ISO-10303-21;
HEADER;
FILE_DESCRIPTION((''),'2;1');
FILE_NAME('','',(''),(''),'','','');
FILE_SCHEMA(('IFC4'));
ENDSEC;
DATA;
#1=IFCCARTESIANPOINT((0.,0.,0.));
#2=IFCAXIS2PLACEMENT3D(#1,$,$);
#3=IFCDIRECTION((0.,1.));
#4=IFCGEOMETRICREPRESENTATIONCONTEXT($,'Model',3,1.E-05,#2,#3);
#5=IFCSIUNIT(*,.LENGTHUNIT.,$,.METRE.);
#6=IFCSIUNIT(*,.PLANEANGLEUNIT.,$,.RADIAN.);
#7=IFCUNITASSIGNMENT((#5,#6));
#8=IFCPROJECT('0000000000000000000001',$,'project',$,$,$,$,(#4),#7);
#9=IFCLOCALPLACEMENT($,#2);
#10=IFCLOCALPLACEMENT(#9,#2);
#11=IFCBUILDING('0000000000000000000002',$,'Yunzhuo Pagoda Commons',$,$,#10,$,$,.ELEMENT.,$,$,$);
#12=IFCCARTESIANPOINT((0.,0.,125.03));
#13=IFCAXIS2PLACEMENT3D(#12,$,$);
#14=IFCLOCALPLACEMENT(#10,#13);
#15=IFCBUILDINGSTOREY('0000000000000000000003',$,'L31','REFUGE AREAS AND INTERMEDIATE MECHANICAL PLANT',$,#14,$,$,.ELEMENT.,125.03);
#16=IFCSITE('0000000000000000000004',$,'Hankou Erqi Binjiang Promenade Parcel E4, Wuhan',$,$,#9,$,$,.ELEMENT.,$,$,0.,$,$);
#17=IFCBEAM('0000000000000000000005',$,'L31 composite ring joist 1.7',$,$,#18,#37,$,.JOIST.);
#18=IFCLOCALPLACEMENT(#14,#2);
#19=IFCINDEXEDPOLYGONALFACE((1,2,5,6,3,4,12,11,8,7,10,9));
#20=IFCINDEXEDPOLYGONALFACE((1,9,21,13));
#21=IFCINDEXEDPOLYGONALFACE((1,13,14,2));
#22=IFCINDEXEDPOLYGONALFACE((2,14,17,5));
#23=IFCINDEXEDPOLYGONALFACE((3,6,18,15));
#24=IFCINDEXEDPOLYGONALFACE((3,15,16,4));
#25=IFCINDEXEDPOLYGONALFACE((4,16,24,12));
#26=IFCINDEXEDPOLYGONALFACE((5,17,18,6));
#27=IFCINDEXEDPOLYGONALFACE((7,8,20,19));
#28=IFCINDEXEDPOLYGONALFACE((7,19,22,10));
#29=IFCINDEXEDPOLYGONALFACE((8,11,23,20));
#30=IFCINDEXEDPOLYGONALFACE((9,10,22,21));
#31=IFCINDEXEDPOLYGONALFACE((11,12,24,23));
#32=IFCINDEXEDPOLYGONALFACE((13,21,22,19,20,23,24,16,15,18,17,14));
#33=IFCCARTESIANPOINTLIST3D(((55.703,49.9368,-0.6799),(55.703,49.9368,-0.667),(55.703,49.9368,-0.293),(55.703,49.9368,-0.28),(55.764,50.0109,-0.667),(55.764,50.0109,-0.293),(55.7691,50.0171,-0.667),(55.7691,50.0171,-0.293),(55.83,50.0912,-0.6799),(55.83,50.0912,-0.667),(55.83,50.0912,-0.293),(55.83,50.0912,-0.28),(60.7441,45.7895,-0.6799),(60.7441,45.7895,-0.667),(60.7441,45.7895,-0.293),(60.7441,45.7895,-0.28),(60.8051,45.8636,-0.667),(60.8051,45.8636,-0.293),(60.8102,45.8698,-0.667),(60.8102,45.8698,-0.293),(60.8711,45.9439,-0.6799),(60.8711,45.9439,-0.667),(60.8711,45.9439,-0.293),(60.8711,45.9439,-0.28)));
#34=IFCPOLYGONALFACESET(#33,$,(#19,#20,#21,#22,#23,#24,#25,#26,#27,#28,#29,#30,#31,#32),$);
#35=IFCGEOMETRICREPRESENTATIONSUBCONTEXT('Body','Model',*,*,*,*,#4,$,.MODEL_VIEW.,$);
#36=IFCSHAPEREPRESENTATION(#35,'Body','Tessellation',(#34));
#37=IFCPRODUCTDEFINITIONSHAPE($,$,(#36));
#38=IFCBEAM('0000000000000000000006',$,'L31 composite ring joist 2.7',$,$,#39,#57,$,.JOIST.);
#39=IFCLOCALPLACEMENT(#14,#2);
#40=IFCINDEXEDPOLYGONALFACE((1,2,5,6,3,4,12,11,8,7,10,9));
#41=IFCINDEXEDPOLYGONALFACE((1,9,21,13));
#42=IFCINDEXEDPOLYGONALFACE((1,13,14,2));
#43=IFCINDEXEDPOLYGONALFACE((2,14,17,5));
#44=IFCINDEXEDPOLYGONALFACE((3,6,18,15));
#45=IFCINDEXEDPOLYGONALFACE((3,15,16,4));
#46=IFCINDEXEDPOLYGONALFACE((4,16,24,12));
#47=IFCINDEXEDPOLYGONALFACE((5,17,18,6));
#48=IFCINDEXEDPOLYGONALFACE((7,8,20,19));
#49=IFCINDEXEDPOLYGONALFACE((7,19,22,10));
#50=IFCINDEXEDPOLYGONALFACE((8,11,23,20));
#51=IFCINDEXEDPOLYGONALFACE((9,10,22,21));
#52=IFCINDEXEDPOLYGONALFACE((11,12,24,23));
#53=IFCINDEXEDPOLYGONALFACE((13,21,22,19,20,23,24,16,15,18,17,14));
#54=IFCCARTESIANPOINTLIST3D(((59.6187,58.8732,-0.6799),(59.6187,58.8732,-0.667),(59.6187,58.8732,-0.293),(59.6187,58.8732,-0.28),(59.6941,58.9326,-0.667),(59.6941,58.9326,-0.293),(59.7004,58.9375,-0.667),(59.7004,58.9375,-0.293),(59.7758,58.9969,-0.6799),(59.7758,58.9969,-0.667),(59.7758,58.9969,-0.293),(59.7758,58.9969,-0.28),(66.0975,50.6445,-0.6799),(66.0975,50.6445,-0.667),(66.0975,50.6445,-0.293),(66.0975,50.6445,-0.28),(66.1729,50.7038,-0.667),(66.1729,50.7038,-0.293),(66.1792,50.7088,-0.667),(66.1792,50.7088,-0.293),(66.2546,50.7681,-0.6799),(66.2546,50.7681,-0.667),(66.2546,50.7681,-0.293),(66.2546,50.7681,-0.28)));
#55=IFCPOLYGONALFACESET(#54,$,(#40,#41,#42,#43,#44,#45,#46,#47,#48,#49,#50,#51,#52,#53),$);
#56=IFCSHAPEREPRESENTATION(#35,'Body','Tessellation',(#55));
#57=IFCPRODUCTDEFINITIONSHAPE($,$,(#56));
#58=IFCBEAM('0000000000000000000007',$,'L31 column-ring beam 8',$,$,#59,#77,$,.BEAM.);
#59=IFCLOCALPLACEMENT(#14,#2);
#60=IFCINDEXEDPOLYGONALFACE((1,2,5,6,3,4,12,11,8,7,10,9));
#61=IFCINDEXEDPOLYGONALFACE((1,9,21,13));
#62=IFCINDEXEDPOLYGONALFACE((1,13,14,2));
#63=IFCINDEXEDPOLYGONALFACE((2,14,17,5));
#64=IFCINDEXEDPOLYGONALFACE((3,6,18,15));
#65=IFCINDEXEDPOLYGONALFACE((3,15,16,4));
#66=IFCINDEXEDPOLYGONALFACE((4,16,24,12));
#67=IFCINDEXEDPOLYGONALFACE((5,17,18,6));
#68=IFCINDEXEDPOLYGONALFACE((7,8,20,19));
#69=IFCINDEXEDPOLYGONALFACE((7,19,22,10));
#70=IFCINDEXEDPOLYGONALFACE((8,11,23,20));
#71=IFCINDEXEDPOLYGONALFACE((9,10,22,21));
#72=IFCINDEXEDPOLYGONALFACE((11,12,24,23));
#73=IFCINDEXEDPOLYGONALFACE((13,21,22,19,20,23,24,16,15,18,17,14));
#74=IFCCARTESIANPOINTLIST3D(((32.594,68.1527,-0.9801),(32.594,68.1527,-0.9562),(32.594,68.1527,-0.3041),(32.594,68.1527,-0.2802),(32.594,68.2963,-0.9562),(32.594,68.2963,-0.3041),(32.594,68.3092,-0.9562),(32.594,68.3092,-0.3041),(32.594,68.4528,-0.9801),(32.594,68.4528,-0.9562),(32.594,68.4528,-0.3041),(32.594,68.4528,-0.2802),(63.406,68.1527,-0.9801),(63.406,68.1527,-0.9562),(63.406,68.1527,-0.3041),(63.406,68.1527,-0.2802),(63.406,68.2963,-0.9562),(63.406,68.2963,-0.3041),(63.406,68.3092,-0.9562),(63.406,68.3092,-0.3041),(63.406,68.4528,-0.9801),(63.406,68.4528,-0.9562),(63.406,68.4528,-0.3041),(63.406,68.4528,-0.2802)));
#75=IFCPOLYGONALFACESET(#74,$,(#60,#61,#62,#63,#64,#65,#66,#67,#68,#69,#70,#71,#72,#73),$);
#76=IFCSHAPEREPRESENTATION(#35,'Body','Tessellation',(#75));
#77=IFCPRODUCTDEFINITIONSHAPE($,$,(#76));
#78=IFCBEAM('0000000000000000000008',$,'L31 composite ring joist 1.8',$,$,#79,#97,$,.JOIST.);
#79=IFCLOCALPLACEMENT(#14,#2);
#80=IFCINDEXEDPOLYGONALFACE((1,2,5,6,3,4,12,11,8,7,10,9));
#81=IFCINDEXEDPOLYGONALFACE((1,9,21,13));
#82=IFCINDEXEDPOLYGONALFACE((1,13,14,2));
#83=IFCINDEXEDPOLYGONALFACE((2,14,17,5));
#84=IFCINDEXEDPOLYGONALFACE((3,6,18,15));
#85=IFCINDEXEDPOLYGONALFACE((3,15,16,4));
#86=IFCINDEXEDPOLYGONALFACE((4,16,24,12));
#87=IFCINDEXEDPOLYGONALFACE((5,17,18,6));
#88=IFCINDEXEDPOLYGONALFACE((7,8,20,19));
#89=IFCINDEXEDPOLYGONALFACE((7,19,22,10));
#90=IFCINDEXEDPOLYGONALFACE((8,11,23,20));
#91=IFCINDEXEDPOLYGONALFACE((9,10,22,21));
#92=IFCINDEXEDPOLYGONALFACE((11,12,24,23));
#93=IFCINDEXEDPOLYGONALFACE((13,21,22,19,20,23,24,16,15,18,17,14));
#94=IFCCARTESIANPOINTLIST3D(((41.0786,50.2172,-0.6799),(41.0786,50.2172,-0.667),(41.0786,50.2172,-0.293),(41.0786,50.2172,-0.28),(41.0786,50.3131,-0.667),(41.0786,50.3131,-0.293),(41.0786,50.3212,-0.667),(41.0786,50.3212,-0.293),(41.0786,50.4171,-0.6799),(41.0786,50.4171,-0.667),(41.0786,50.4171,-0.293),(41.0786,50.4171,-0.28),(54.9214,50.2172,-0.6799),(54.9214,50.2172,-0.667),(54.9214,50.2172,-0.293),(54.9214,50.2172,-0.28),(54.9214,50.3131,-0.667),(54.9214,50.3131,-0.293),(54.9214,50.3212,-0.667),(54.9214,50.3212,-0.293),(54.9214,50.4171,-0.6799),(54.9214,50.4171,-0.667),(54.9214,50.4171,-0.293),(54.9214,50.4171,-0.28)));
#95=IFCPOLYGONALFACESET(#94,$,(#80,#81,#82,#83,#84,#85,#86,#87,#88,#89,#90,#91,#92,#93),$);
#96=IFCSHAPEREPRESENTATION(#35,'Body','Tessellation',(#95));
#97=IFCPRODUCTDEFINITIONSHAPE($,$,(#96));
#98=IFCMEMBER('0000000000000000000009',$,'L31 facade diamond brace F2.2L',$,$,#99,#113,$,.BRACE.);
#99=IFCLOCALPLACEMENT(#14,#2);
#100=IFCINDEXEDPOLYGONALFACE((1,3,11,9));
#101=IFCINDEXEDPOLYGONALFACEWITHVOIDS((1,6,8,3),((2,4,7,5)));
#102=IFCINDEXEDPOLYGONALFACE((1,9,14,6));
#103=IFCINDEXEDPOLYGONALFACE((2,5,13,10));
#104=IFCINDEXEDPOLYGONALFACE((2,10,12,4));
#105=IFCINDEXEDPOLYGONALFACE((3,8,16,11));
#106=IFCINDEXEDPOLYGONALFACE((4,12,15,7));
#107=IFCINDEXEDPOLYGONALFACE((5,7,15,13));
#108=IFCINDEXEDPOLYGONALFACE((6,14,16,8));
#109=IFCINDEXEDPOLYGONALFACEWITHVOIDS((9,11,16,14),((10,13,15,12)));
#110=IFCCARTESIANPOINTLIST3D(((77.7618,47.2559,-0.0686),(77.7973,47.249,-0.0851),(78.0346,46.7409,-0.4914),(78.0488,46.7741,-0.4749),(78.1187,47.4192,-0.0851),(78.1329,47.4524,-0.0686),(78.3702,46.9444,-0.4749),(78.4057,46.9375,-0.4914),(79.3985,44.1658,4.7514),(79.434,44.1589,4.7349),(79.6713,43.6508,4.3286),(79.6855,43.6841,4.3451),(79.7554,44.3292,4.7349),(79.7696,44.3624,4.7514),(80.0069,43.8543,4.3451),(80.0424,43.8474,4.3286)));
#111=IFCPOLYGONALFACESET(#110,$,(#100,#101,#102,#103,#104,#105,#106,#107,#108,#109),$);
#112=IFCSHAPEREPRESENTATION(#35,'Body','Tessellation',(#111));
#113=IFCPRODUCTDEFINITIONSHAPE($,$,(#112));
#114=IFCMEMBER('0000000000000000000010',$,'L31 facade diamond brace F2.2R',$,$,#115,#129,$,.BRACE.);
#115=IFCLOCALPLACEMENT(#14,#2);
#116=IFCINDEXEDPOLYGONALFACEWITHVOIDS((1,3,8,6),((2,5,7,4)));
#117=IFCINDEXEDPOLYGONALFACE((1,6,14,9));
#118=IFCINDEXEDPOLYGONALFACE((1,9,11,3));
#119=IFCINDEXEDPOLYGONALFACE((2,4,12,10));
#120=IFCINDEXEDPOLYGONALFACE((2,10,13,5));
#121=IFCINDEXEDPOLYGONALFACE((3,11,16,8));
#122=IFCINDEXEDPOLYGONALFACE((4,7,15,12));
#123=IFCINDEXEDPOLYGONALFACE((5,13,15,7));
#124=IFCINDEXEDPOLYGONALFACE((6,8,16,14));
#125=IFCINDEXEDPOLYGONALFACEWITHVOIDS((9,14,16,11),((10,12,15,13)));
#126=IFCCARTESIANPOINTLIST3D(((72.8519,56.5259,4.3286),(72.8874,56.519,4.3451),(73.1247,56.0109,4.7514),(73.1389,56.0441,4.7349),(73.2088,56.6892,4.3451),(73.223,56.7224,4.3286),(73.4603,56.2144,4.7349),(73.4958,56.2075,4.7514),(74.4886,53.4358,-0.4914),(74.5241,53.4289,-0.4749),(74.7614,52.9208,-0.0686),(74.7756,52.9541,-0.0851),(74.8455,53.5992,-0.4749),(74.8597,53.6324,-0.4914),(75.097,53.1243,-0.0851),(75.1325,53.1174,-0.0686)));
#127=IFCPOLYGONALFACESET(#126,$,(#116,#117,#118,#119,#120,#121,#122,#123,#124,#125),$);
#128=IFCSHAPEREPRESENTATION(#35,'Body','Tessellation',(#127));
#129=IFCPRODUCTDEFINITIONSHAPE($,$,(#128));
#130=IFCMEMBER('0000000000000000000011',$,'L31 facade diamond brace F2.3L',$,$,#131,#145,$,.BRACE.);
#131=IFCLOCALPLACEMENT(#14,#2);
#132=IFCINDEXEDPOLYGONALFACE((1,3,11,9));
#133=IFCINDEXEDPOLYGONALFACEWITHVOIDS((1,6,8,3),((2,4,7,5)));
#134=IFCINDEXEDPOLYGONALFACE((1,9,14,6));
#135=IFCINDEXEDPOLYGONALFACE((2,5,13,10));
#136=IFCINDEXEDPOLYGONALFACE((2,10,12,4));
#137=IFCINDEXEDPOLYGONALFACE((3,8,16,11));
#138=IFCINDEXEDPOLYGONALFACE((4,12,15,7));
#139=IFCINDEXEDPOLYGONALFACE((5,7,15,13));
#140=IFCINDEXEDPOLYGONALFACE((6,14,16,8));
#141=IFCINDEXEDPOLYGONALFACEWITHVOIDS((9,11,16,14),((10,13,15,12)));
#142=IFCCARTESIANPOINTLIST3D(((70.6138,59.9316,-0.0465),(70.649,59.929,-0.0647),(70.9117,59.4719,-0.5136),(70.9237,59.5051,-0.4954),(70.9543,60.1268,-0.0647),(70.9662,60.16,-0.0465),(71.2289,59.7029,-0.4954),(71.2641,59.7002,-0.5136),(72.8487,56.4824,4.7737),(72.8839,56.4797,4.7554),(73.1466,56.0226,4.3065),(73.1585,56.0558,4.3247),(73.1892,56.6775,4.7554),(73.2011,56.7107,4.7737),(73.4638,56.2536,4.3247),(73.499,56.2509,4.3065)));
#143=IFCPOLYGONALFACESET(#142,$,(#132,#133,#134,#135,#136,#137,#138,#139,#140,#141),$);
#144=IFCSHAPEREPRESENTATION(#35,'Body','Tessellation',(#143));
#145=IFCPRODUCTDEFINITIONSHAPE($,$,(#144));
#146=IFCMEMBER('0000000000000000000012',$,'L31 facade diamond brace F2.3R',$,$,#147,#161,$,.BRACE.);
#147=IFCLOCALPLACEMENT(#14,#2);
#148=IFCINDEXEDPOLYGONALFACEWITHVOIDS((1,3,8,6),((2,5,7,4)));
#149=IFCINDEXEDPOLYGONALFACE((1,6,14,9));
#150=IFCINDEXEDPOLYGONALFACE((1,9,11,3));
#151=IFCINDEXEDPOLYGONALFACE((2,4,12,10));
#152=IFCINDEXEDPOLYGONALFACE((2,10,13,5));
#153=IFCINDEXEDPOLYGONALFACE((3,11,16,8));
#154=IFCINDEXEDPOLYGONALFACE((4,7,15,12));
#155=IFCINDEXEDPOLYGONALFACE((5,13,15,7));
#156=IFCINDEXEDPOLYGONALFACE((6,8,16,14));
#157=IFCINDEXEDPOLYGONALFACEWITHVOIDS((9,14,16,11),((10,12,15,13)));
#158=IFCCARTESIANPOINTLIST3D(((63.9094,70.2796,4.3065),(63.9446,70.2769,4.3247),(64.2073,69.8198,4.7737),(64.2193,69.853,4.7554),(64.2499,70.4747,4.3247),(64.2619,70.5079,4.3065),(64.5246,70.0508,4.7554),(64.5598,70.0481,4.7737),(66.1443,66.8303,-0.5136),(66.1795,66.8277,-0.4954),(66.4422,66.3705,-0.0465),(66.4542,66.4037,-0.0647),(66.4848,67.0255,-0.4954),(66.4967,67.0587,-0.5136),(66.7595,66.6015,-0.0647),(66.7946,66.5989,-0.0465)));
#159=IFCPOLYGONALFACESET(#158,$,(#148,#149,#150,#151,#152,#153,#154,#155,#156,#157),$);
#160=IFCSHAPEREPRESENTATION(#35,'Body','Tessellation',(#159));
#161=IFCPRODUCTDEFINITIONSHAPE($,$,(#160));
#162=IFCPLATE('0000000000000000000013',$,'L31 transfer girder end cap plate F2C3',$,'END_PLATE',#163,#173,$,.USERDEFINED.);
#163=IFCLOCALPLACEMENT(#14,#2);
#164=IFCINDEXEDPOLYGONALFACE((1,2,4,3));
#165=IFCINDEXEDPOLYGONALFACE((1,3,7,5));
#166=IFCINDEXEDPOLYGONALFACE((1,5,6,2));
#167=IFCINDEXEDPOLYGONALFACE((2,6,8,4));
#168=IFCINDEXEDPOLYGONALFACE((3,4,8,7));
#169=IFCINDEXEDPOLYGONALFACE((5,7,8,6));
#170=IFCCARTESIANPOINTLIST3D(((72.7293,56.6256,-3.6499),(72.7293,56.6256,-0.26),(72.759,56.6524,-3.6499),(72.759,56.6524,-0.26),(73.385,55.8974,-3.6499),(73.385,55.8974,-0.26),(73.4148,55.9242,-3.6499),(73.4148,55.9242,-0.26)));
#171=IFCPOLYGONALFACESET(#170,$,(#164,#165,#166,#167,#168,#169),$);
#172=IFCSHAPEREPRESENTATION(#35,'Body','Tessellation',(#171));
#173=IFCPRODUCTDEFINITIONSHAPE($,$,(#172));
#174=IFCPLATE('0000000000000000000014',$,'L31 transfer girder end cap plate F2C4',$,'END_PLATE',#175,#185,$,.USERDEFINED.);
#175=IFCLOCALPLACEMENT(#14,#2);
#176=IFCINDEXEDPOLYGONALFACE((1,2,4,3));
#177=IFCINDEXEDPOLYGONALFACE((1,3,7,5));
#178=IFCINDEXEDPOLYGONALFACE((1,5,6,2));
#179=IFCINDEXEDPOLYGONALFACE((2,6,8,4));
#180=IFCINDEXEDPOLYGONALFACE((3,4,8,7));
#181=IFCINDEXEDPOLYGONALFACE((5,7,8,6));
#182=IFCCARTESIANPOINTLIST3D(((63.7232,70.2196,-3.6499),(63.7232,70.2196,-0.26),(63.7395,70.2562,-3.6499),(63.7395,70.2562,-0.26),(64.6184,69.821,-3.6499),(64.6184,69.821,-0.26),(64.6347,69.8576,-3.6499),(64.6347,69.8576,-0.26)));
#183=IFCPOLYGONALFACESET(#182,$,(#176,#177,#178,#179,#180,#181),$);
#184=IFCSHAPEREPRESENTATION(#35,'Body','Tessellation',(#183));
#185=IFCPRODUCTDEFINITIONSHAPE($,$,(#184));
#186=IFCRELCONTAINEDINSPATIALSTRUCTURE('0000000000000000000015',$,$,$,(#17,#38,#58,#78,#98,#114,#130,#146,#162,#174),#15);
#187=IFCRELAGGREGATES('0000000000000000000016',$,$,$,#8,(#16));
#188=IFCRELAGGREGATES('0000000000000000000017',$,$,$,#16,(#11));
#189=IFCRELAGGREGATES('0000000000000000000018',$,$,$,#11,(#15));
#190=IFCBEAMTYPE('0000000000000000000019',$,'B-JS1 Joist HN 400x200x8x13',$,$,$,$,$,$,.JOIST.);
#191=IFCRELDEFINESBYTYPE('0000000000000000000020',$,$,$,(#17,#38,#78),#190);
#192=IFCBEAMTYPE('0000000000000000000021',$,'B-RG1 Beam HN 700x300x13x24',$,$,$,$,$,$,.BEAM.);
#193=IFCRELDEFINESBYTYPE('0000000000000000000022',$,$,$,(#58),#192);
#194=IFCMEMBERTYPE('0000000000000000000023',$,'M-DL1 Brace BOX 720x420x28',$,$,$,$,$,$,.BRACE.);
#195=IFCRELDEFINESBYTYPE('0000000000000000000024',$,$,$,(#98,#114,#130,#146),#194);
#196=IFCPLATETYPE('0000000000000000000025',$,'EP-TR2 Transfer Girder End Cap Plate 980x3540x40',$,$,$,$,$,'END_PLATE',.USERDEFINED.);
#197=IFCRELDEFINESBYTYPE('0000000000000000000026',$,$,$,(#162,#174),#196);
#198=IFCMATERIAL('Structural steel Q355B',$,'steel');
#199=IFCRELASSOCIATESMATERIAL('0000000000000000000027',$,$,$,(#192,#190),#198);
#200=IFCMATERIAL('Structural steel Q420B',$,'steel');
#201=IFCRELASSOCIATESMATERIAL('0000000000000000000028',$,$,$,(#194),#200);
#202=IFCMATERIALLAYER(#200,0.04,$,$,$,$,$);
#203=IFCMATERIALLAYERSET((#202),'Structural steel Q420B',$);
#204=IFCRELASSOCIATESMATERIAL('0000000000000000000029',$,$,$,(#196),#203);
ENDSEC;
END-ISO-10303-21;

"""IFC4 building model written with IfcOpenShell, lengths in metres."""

from ifc_helpers import new_model, si_unit, direction, frame, origin, origin_2d, place, context, subcontext, project, spatial, rectangle, hollow_rectangle, i_section, extrude, source, transform, mapped, material, layer, layer_set, material_profile, profile_set, type_object, element, save


model = new_model("IFC4")

# Units and contexts
model_context = context("Model", 3, precision=1e-05, world=origin(), true_north=direction((0.0, 1.0)))
body_context = subcontext(model_context, "Body", "Model", "MODEL_VIEW")
ifc_project = project(units=[si_unit("LENGTHUNIT", "METRE"), si_unit("PLANEANGLEUNIT", "RADIAN")], contexts=[model_context])

# Site, building, storey
site_placement = place(None, origin())
site = spatial("IfcSite", under=ifc_project, at=site_placement, Name="Hankou Erqi Binjiang Promenade Parcel E4, Wuhan", CompositionType="ELEMENT", RefElevation=0.0)
building_placement = place(site_placement, origin())
building = spatial("IfcBuilding", under=site, at=building_placement, Name="Yunzhuo Pagoda Commons", CompositionType="ELEMENT")
storey_placement = place(building_placement, frame((0.0, 0.0, 125.03)))
storey = spatial("IfcBuildingStorey", under=building, at=storey_placement, Name="L31", Description="REFUGE AREAS AND INTERMEDIATE MECHANICAL PLANT", CompositionType="ELEMENT", Elevation=125.03)

# Shared definitions
ifc_material_1 = material(Name="Structural steel Q420B", Category="steel")

# Beams
ifc_material_2 = material(Name="Structural steel Q355B", Category="steel")
ifc_material_profile_1 = material_profile(ifc_material_2, i_section(OverallWidth=0.3, OverallDepth=0.7, WebThickness=0.0129, FlangeThickness=0.0239, at=origin_2d()), Name="Structural steel Q355B")
ifc_profile_set_1 = profile_set([ifc_material_profile_1], Name="Structural steel Q355B")
beam_type_1 = type_object("IfcBeamType", Name="B-RG1 Beam HN 700x300x13x24", PredefinedType="BEAM", material=ifc_profile_set_1)
ifc_material_profile_2 = material_profile(ifc_material_2, i_section(OverallWidth=0.2, OverallDepth=0.3999, WebThickness=0.0081, FlangeThickness=0.0129, at=origin_2d()), Name="Structural steel Q355B")
ifc_profile_set_2 = profile_set([ifc_material_profile_2], Name="Structural steel Q355B")
beam_type_2 = type_object("IfcBeamType", Name="B-JS1 Joist HN 400x200x8x13", PredefinedType="JOIST", material=ifc_profile_set_2)
shared_shape_1 = source(origin(), body_context, "Body", "SweptSolid", [
    extrude(i_section(OverallWidth=0.2, OverallDepth=0.3999, WebThickness=0.0081, FlangeThickness=0.0129, at=origin_2d()), origin(), (0.0, 0.0, 1.0), 6.5278),
])
beam_1_placement = place(storey_placement, frame((60.8076, 45.8667, -0.48), z_axis=(-0.772246, 0.635323, 0.0), x_axis=(-0.635323, -0.772246, 0.0)))
element("IfcBeam", 1, at=beam_1_placement, inside=storey, type_object=beam_type_2, Name="L31 composite ring joist 1.7", PredefinedType="JOIST", context=body_context, shape_type="MappedRepresentation", body=[
    mapped(shared_shape_1, transform((0.0, 0.0, 0.0), scale=1.0)),
])
shared_shape_2 = source(origin(), body_context, "Body", "SweptSolid", [
    extrude(i_section(OverallWidth=0.2, OverallDepth=0.3999, WebThickness=0.0081, FlangeThickness=0.0129, at=origin_2d()), origin(), (0.0, 0.0, 1.0), 10.4731),
])
beam_2_placement = place(storey_placement, frame((66.176, 50.7063, -0.48), z_axis=(-0.618607, 0.785701, 0.0), x_axis=(-0.785701, -0.618607, 0.0)))
element("IfcBeam", 2, at=beam_2_placement, inside=storey, type_object=beam_type_2, Name="L31 composite ring joist 2.7", PredefinedType="JOIST", context=body_context, shape_type="MappedRepresentation", body=[
    mapped(shared_shape_2, transform((0.0, 0.0, 0.0), scale=1.0)),
])
shared_shape_3 = source(origin(), body_context, "Body", "SweptSolid", [
    extrude(i_section(OverallWidth=0.3, OverallDepth=0.7, WebThickness=0.0129, FlangeThickness=0.0239, at=origin_2d()), origin(), (0.0, 0.0, 1.0), 30.812),
])
beam_3_placement = place(storey_placement, frame((63.406, 68.3027, -0.6301), z_axis=(-1.0, 0.0, 0.0), x_axis=(0.0, -1.0, 0.0)))
element("IfcBeam", 3, at=beam_3_placement, inside=storey, type_object=beam_type_1, Name="L31 column-ring beam 8", PredefinedType="BEAM", context=body_context, shape_type="MappedRepresentation", body=[
    mapped(shared_shape_3, transform((0.0, 0.0, 0.0), scale=1.0)),
])
shared_shape_4 = source(origin(), body_context, "Body", "SweptSolid", [
    extrude(i_section(OverallWidth=0.2, OverallDepth=0.3999, WebThickness=0.0081, FlangeThickness=0.0129, at=origin_2d()), origin(), (0.0, 0.0, 1.0), 13.8428),
])
beam_4_placement = place(storey_placement, frame((54.9214, 50.3171, -0.48), z_axis=(-1.0, 0.0, 0.0), x_axis=(0.0, -1.0, 0.0)))
element("IfcBeam", 4, at=beam_4_placement, inside=storey, type_object=beam_type_2, Name="L31 composite ring joist 1.8", PredefinedType="JOIST", context=body_context, shape_type="MappedRepresentation", body=[
    mapped(shared_shape_4, transform((0.0, 0.0, 0.0), scale=1.0)),
])

# Members
ifc_material_profile_3 = material_profile(ifc_material_1, hollow_rectangle(XDim=0.4199, YDim=0.72, WallThickness=0.0281, at=origin_2d()), Name="Structural steel Q420B")
ifc_profile_set_3 = profile_set([ifc_material_profile_3], Name="Structural steel Q420B")
member_type = type_object("IfcMemberType", Name="M-DL1 Brace BOX 720x420x28", PredefinedType="BRACE", material=ifc_profile_set_3)
shared_shape_5 = source(origin(), body_context, "Body", "SweptSolid", [
    extrude(hollow_rectangle(XDim=0.4199, YDim=0.72, WallThickness=0.0281, at=origin_2d()), origin(), (0.0, 0.0, 1.0), 5.9548),
])
for number, where, z_axis, x_axis, name in (
    (5, (78.0837, 47.0967, -0.28), (0.274854, -0.518917, 0.809432), (0.883694, 0.468064, 0.0), "L31 facade diamond brace F2.2L"),
    (6, (74.8105, 53.2766, -0.28), (-0.274854, 0.518917, 0.809432), (-0.883694, -0.468064, 0.0), "L31 facade diamond brace F2.2R"),
):
    element("IfcMember", number, at=place(storey_placement, frame(where, z_axis=z_axis, x_axis=x_axis)), inside=storey, type_object=member_type, Name=name, PredefinedType="BRACE", context=body_context, shape_type="MappedRepresentation", body=[
        mapped(shared_shape_5, transform((0.0, 0.0, 0.0), scale=1.0)),
    ])
shared_shape_6 = source(origin(), body_context, "Body", "SweptSolid", [
    extrude(hollow_rectangle(XDim=0.4199, YDim=0.72, WallThickness=0.0281, at=origin_2d()), origin(), (0.0, 0.0, 1.0), 6.3345),
])
for number, where, z_axis, x_axis, name in (
    (7, (70.939, 59.8159, -0.28), (0.352813, -0.544521, 0.760934), (0.839235, 0.543768, 0.0), "L31 facade diamond brace F2.3L"),
    (8, (66.4695, 66.7146, -0.28), (-0.352813, 0.544521, 0.760934), (-0.839235, -0.543768, 0.0), "L31 facade diamond brace F2.3R"),
):
    element("IfcMember", number, at=place(storey_placement, frame(where, z_axis=z_axis, x_axis=x_axis)), inside=storey, type_object=member_type, Name=name, PredefinedType="BRACE", context=body_context, shape_type="MappedRepresentation", body=[
        mapped(shared_shape_6, transform((0.0, 0.0, 0.0), scale=1.0)),
    ])

# Plates
ifc_layer_1 = layer(ifc_material_1, 0.04)
ifc_layer_set_1 = layer_set([ifc_layer_1], Name="Structural steel Q420B")
plate_type_1 = type_object("IfcPlateType", Name="EP-TR2 Transfer Girder End Cap Plate 980x3540x40", ElementType="END_PLATE", PredefinedType="USERDEFINED", material=ifc_layer_set_1)
shared_shape_7 = source(origin(), body_context, "Body", "SweptSolid", [
    extrude(rectangle(XDim=0.98, YDim=0.04, at=origin_2d()), origin(), (0.0, 0.0, 1.0), 3.3899),
])
for number, where, z_axis, x_axis, name in (
    (9, (73.072, 56.2749, -3.6499), (0.0, 0.0, 1.0), (-0.669131, 0.743145, 0.0), "L31 transfer girder end cap plate F2C3"),
    (10, (64.179, 70.0386, -3.6499), (0.0, 0.0, 1.0), (-0.913545, 0.406737, 0.0), "L31 transfer girder end cap plate F2C4"),
):
    element("IfcPlate", number, at=place(storey_placement, frame(where, z_axis=z_axis, x_axis=x_axis)), inside=storey, type_object=plate_type_1, Name=name, ObjectType="END_PLATE", PredefinedType="USERDEFINED", context=body_context, shape_type="MappedRepresentation", body=[
        mapped(shared_shape_7, transform((0.0, 0.0, 0.0), scale=1.0)),
    ])

save(model, "model.ifc")
